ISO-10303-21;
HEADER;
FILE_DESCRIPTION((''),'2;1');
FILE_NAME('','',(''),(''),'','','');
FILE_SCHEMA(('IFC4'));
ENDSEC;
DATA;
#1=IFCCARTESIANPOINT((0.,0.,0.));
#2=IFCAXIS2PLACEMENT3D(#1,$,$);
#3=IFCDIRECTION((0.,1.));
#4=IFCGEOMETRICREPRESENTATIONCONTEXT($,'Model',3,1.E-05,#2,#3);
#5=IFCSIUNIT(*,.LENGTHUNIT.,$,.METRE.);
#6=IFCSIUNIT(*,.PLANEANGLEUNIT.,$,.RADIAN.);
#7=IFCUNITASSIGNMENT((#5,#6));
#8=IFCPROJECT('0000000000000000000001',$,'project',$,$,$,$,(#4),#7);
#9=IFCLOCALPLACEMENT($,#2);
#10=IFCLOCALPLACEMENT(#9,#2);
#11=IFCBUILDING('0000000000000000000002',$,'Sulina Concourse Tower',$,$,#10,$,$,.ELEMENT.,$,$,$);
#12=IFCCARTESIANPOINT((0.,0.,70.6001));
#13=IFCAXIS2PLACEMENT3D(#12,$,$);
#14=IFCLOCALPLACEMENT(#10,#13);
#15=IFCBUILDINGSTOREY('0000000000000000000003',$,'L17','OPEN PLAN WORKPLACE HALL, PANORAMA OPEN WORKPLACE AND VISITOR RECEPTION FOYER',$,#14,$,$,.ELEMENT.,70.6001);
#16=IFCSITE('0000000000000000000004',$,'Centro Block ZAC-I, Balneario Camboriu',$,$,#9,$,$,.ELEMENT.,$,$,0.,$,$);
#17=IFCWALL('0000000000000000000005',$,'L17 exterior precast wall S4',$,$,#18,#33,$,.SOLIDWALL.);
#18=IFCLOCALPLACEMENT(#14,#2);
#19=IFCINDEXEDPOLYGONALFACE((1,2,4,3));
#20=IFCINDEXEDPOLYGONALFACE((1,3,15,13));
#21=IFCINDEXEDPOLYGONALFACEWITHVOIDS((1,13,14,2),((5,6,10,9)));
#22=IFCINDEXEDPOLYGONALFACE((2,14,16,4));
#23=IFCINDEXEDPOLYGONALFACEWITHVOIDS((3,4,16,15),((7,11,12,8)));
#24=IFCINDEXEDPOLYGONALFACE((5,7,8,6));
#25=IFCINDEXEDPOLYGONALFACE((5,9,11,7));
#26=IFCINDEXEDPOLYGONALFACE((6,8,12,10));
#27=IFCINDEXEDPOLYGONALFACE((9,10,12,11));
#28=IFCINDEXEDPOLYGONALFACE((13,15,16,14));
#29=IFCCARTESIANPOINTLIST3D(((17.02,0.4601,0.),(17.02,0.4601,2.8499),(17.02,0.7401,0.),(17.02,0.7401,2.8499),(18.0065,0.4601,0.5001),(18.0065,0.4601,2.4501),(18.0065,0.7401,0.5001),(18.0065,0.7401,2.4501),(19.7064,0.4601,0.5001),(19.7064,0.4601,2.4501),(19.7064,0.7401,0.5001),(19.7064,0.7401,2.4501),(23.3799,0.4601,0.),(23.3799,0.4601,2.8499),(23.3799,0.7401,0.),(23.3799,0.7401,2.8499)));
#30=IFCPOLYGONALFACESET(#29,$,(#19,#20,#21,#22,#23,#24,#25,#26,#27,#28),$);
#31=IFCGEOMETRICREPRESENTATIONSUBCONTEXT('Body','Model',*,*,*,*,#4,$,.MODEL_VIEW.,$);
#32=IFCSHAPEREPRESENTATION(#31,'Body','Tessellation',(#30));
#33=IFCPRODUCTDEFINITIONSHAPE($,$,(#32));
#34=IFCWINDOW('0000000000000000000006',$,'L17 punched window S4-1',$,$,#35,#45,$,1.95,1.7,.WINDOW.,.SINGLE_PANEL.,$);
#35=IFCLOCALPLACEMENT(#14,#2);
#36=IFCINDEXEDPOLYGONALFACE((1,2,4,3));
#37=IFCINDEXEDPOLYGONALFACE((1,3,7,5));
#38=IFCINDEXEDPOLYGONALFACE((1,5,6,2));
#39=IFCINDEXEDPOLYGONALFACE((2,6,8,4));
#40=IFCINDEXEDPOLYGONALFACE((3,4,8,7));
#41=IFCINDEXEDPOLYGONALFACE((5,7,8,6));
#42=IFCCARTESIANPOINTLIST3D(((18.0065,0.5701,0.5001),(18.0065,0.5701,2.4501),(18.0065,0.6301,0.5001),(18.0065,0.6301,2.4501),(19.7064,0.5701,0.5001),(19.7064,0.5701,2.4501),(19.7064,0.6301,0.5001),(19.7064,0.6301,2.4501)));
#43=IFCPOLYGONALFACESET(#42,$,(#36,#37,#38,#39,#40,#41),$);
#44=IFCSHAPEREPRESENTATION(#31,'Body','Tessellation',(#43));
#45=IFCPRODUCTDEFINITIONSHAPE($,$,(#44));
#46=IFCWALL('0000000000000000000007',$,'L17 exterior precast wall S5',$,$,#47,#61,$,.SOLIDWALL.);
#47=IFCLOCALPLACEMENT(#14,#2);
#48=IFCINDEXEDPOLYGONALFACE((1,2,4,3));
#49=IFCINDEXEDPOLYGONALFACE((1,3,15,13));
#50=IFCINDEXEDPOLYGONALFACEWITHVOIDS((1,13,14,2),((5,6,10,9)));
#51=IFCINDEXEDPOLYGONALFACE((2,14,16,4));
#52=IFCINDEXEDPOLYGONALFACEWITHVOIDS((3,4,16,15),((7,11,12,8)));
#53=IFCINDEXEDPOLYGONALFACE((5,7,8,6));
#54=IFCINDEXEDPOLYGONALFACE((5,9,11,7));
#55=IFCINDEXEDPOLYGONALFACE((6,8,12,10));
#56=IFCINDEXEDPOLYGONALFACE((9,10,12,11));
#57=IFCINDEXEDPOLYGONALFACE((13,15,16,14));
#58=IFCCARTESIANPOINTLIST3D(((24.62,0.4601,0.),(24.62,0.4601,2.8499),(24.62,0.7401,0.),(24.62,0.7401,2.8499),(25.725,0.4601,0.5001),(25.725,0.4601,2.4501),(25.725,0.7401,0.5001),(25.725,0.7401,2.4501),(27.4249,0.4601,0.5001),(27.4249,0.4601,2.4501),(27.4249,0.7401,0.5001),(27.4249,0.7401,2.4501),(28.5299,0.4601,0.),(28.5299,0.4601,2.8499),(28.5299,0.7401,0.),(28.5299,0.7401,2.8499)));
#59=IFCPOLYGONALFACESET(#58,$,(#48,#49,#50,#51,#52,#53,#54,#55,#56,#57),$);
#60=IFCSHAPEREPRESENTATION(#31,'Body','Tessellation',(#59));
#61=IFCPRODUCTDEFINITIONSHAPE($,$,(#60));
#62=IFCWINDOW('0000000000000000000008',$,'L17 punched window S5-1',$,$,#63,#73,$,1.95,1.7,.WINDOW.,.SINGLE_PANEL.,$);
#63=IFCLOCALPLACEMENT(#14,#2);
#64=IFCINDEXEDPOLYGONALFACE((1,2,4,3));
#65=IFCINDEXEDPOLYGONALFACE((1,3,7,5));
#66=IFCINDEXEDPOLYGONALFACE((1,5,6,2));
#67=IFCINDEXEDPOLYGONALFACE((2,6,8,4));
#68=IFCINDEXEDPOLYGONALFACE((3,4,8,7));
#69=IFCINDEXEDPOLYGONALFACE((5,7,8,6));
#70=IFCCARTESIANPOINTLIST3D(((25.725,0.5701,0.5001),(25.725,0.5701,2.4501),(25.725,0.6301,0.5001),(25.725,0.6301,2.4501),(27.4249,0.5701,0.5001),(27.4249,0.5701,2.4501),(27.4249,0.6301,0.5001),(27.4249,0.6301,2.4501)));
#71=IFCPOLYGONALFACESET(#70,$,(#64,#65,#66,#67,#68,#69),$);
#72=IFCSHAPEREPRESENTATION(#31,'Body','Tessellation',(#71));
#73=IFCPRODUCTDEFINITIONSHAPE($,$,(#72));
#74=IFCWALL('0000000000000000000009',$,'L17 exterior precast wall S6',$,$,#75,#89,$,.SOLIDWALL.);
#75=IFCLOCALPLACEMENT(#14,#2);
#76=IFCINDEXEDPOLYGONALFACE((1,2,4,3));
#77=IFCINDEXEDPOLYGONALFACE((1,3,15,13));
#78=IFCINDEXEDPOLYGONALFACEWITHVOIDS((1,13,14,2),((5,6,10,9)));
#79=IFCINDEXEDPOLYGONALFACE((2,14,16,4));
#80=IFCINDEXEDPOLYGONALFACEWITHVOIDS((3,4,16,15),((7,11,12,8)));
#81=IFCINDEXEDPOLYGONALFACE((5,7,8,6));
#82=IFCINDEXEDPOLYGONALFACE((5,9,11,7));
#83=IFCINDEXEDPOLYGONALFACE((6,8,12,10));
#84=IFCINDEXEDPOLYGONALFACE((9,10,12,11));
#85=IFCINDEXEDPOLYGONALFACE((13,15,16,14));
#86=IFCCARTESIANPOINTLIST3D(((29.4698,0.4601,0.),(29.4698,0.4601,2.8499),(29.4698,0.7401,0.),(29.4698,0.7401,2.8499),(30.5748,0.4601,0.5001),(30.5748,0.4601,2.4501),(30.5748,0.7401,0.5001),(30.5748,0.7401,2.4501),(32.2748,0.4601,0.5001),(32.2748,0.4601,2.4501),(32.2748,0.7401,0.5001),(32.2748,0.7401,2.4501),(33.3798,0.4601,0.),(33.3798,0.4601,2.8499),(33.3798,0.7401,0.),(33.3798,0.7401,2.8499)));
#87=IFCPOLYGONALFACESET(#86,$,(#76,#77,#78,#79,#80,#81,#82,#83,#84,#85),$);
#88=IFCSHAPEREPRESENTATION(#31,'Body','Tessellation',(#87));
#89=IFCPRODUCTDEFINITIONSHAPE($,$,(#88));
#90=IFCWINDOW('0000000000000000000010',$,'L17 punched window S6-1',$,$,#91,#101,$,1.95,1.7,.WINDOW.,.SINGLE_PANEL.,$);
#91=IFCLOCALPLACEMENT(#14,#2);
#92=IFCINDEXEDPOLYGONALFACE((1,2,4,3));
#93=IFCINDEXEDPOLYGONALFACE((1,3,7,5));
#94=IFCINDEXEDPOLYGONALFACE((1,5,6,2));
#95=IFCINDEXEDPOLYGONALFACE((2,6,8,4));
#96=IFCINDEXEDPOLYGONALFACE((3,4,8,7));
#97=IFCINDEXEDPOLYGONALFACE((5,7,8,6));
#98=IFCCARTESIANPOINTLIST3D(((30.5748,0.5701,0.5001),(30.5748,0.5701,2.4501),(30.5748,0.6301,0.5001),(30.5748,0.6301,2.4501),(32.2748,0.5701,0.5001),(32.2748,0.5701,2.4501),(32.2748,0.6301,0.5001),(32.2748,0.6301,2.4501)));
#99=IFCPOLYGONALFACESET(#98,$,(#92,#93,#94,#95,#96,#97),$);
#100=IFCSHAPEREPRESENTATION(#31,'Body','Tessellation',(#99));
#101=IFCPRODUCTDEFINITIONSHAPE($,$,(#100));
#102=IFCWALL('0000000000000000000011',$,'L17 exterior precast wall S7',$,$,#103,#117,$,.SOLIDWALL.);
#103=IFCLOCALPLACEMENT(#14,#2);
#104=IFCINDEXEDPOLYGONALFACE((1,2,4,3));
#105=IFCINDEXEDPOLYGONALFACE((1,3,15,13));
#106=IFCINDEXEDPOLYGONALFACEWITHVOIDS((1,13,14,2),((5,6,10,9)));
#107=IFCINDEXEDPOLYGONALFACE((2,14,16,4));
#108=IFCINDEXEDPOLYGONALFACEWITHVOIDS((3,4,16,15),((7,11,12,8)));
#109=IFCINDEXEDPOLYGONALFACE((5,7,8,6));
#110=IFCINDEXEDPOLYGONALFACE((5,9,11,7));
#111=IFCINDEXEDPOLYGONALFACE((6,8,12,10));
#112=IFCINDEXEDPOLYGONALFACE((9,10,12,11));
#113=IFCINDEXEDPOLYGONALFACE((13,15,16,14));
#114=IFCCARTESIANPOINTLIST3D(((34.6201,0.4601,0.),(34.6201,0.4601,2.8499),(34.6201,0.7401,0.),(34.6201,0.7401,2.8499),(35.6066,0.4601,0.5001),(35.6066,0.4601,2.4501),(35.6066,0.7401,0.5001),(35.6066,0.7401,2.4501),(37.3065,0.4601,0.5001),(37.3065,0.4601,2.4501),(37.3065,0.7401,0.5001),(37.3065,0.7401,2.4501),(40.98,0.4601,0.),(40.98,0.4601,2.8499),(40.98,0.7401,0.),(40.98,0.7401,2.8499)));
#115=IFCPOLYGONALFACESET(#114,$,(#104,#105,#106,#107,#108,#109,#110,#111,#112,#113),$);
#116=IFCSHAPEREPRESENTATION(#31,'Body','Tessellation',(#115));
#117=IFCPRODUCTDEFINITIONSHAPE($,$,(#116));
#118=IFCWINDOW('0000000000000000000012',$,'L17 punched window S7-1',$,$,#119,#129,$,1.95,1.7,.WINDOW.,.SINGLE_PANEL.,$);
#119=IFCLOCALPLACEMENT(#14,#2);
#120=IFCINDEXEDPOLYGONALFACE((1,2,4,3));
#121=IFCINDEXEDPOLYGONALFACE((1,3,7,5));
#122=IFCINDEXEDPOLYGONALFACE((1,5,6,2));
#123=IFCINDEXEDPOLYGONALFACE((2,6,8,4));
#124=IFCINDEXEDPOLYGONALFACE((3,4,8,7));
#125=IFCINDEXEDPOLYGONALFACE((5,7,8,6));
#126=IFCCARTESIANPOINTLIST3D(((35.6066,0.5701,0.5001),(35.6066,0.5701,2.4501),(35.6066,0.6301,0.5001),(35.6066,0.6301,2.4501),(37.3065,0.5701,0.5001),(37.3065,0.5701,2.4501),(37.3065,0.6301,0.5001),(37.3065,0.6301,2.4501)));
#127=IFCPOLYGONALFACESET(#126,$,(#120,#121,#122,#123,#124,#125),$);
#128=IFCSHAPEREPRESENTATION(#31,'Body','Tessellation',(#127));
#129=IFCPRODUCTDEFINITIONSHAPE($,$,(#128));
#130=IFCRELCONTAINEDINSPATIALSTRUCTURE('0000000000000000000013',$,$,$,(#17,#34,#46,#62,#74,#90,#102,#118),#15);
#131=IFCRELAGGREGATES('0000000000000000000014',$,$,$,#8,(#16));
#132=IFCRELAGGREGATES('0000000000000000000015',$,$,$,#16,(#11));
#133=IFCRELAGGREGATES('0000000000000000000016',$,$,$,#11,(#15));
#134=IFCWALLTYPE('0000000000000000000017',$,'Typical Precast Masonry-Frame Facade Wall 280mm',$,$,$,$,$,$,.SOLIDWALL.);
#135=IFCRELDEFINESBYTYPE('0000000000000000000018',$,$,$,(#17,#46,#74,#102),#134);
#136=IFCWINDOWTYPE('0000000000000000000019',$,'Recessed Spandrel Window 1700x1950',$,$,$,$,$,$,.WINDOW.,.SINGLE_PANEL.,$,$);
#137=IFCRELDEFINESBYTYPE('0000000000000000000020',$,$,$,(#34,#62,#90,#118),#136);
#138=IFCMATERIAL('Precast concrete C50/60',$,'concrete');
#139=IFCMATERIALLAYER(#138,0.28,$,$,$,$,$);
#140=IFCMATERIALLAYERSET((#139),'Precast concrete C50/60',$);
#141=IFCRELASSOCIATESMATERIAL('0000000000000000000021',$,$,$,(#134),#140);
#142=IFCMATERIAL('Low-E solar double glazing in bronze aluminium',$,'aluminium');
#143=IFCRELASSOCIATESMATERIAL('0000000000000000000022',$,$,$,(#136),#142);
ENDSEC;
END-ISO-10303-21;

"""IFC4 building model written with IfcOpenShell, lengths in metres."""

from ifc_helpers import new_model, si_unit, direction, frame, frame_2d, origin, place, context, subcontext, project, spatial, rectangle, extrude, material, layer, layer_set, type_object, element, fill, save


model = new_model("IFC4")

# Units and contexts
model_context = context("Model", 3, precision=1e-05, world=origin(), true_north=direction((0.0, 1.0)))
body_context = subcontext(model_context, "Body", "Model", "MODEL_VIEW")
ifc_project = project(units=[si_unit("LENGTHUNIT", "METRE"), si_unit("PLANEANGLEUNIT", "RADIAN")], contexts=[model_context])

# Site, building, storey
site_placement = place(None, origin())
site = spatial("IfcSite", under=ifc_project, at=site_placement, Name="Centro Block ZAC-I, Balneario Camboriu", CompositionType="ELEMENT", RefElevation=0.0)
building_placement = place(site_placement, origin())
building = spatial("IfcBuilding", under=site, at=building_placement, Name="Sulina Concourse Tower", CompositionType="ELEMENT")
storey_placement = place(building_placement, frame((0.0, 0.0, 70.6001)))
storey = spatial("IfcBuildingStorey", under=building, at=storey_placement, Name="L17", Description="OPEN PLAN WORKPLACE HALL, PANORAMA OPEN WORKPLACE AND VISITOR RECEPTION FOYER", CompositionType="ELEMENT", Elevation=70.6001)

# Walls, openings, windows
ifc_material_1 = material(Name="Precast concrete C50/60", Category="concrete")
ifc_layer_1 = layer(ifc_material_1, 0.28)
ifc_layer_set_1 = layer_set([ifc_layer_1], Name="Precast concrete C50/60")
wall_type_1 = type_object("IfcWallType", Name="Typical Precast Masonry-Frame Facade Wall 280mm", PredefinedType="SOLIDWALL", material=ifc_layer_set_1)
wall_1_placement = place(storey_placement, frame((23.3799, 0.6001, 0.0), z_axis=(0.0, 0.0, 1.0), x_axis=(-1.0, 0.0, 0.0)))
wall_1 = element("IfcWall", 1, at=wall_1_placement, inside=storey, type_object=wall_type_1, Name="L17 exterior precast wall S4", PredefinedType="SOLIDWALL", context=body_context, shape_type="SweptSolid", body=[
    extrude(rectangle(XDim=6.3599, YDim=0.28, at=frame_2d((3.1799, 0.0))), origin(), (0.0, 0.0, 1.0), 2.8499),
])
opening_1_placement = place(wall_1_placement, frame((3.6733, 0.0, 0.5)))
opening_1 = element("IfcOpeningElement", 2, at=opening_1_placement, cuts=wall_1, PredefinedType="OPENING", context=body_context, shape_type="SweptSolid", body=[
    extrude(rectangle(XDim=1.7, YDim=1.95, at=frame_2d((0.8501, 0.9751))), frame((0.0, 0.1499, 0.0), z_axis=(0.0, -1.0, 0.0), x_axis=(1.0, 0.0, 0.0)), (0.0, 0.0, 1.0), 0.3),
])
ifc_material_2 = material(Name="Low-E solar double glazing in bronze aluminium", Category="aluminium")
window_type = type_object("IfcWindowType", Name="Recessed Spandrel Window 1700x1950", PartitioningType="SINGLE_PANEL", PredefinedType="WINDOW", material=ifc_material_2)
window_1_placement = place(opening_1_placement, origin())
window_1 = element("IfcWindow", 3, at=window_1_placement, inside=storey, type_object=window_type, Name="L17 punched window S4-1", OverallHeight=1.95, OverallWidth=1.7, PartitioningType="SINGLE_PANEL", PredefinedType="WINDOW", context=body_context, shape_type="SweptSolid", body=[
    extrude(rectangle(XDim=1.7, YDim=1.95, at=frame_2d((0.8501, 0.9751))), frame((0.0, 0.03, 0.0), z_axis=(0.0, -1.0, 0.0), x_axis=(1.0, 0.0, 0.0)), (0.0, 0.0, 1.0), 0.0601),
])
fill(opening_1, window_1)
wall_2_placement = place(storey_placement, frame((28.53, 0.6001, 0.0), z_axis=(0.0, 0.0, 1.0), x_axis=(-1.0, 0.0, 0.0)))
wall_2 = element("IfcWall", 4, at=wall_2_placement, inside=storey, type_object=wall_type_1, Name="L17 exterior precast wall S5", PredefinedType="SOLIDWALL", context=body_context, shape_type="SweptSolid", body=[
    extrude(rectangle(XDim=3.9099, YDim=0.28, at=frame_2d((1.9551, 0.0))), origin(), (0.0, 0.0, 1.0), 2.8499),
])
opening_2_placement = place(wall_2_placement, frame((1.105, 0.0, 0.5)))
opening_2 = element("IfcOpeningElement", 5, at=opening_2_placement, cuts=wall_2, PredefinedType="OPENING", context=body_context, shape_type="SweptSolid", body=[
    extrude(rectangle(XDim=1.7, YDim=1.95, at=frame_2d((0.8501, 0.9751))), frame((0.0, 0.1499, 0.0), z_axis=(0.0, -1.0, 0.0), x_axis=(1.0, 0.0, 0.0)), (0.0, 0.0, 1.0), 0.3),
])
window_2_placement = place(opening_2_placement, origin())
window_2 = element("IfcWindow", 6, at=window_2_placement, inside=storey, type_object=window_type, Name="L17 punched window S5-1", OverallHeight=1.95, OverallWidth=1.7, PartitioningType="SINGLE_PANEL", PredefinedType="WINDOW", context=body_context, shape_type="SweptSolid", body=[
    extrude(rectangle(XDim=1.7, YDim=1.95, at=frame_2d((0.8501, 0.9751))), frame((0.0, 0.03, 0.0), z_axis=(0.0, -1.0, 0.0), x_axis=(1.0, 0.0, 0.0)), (0.0, 0.0, 1.0), 0.0601),
])
fill(opening_2, window_2)
wall_3_placement = place(storey_placement, frame((33.3799, 0.6001, 0.0), z_axis=(0.0, 0.0, 1.0), x_axis=(-1.0, 0.0, 0.0)))
wall_3 = element("IfcWall", 7, at=wall_3_placement, inside=storey, type_object=wall_type_1, Name="L17 exterior precast wall S6", PredefinedType="SOLIDWALL", context=body_context, shape_type="SweptSolid", body=[
    extrude(rectangle(XDim=3.9099, YDim=0.28, at=frame_2d((1.9551, 0.0))), origin(), (0.0, 0.0, 1.0), 2.8499),
])
opening_3_placement = place(wall_3_placement, frame((1.105, 0.0, 0.5)))
opening_3 = element("IfcOpeningElement", 8, at=opening_3_placement, cuts=wall_3, PredefinedType="OPENING", context=body_context, shape_type="SweptSolid", body=[
    extrude(rectangle(XDim=1.7, YDim=1.95, at=frame_2d((0.8501, 0.9751))), frame((0.0, 0.1499, 0.0), z_axis=(0.0, -1.0, 0.0), x_axis=(1.0, 0.0, 0.0)), (0.0, 0.0, 1.0), 0.3),
])
window_3_placement = place(opening_3_placement, origin())
window_3 = element("IfcWindow", 9, at=window_3_placement, inside=storey, type_object=window_type, Name="L17 punched window S6-1", OverallHeight=1.95, OverallWidth=1.7, PartitioningType="SINGLE_PANEL", PredefinedType="WINDOW", context=body_context, shape_type="SweptSolid", body=[
    extrude(rectangle(XDim=1.7, YDim=1.95, at=frame_2d((0.8501, 0.9751))), frame((0.0, 0.03, 0.0), z_axis=(0.0, -1.0, 0.0), x_axis=(1.0, 0.0, 0.0)), (0.0, 0.0, 1.0), 0.0601),
])
fill(opening_3, window_3)
wall_4_placement = place(storey_placement, frame((40.98, 0.6001, 0.0), z_axis=(0.0, 0.0, 1.0), x_axis=(-1.0, 0.0, 0.0)))
wall_4 = element("IfcWall", 10, at=wall_4_placement, inside=storey, type_object=wall_type_1, Name="L17 exterior precast wall S7", PredefinedType="SOLIDWALL", context=body_context, shape_type="SweptSolid", body=[
    extrude(rectangle(XDim=6.3599, YDim=0.28, at=frame_2d((3.1799, 0.0))), origin(), (0.0, 0.0, 1.0), 2.8499),
])
opening_4_placement = place(wall_4_placement, frame((3.6733, 0.0, 0.5)))
opening_4 = element("IfcOpeningElement", 11, at=opening_4_placement, cuts=wall_4, PredefinedType="OPENING", context=body_context, shape_type="SweptSolid", body=[
    extrude(rectangle(XDim=1.7, YDim=1.95, at=frame_2d((0.8501, 0.9751))), frame((0.0, 0.1499, 0.0), z_axis=(0.0, -1.0, 0.0), x_axis=(1.0, 0.0, 0.0)), (0.0, 0.0, 1.0), 0.3),
])
window_4_placement = place(opening_4_placement, origin())
window_4 = element("IfcWindow", 12, at=window_4_placement, inside=storey, type_object=window_type, Name="L17 punched window S7-1", OverallHeight=1.95, OverallWidth=1.7, PartitioningType="SINGLE_PANEL", PredefinedType="WINDOW", context=body_context, shape_type="SweptSolid", body=[
    extrude(rectangle(XDim=1.7, YDim=1.95, at=frame_2d((0.8501, 0.9751))), frame((0.0, 0.03, 0.0), z_axis=(0.0, -1.0, 0.0), x_axis=(1.0, 0.0, 0.0)), (0.0, 0.0, 1.0), 0.0601),
])
fill(opening_4, window_4)

save(model, "model.ifc")
